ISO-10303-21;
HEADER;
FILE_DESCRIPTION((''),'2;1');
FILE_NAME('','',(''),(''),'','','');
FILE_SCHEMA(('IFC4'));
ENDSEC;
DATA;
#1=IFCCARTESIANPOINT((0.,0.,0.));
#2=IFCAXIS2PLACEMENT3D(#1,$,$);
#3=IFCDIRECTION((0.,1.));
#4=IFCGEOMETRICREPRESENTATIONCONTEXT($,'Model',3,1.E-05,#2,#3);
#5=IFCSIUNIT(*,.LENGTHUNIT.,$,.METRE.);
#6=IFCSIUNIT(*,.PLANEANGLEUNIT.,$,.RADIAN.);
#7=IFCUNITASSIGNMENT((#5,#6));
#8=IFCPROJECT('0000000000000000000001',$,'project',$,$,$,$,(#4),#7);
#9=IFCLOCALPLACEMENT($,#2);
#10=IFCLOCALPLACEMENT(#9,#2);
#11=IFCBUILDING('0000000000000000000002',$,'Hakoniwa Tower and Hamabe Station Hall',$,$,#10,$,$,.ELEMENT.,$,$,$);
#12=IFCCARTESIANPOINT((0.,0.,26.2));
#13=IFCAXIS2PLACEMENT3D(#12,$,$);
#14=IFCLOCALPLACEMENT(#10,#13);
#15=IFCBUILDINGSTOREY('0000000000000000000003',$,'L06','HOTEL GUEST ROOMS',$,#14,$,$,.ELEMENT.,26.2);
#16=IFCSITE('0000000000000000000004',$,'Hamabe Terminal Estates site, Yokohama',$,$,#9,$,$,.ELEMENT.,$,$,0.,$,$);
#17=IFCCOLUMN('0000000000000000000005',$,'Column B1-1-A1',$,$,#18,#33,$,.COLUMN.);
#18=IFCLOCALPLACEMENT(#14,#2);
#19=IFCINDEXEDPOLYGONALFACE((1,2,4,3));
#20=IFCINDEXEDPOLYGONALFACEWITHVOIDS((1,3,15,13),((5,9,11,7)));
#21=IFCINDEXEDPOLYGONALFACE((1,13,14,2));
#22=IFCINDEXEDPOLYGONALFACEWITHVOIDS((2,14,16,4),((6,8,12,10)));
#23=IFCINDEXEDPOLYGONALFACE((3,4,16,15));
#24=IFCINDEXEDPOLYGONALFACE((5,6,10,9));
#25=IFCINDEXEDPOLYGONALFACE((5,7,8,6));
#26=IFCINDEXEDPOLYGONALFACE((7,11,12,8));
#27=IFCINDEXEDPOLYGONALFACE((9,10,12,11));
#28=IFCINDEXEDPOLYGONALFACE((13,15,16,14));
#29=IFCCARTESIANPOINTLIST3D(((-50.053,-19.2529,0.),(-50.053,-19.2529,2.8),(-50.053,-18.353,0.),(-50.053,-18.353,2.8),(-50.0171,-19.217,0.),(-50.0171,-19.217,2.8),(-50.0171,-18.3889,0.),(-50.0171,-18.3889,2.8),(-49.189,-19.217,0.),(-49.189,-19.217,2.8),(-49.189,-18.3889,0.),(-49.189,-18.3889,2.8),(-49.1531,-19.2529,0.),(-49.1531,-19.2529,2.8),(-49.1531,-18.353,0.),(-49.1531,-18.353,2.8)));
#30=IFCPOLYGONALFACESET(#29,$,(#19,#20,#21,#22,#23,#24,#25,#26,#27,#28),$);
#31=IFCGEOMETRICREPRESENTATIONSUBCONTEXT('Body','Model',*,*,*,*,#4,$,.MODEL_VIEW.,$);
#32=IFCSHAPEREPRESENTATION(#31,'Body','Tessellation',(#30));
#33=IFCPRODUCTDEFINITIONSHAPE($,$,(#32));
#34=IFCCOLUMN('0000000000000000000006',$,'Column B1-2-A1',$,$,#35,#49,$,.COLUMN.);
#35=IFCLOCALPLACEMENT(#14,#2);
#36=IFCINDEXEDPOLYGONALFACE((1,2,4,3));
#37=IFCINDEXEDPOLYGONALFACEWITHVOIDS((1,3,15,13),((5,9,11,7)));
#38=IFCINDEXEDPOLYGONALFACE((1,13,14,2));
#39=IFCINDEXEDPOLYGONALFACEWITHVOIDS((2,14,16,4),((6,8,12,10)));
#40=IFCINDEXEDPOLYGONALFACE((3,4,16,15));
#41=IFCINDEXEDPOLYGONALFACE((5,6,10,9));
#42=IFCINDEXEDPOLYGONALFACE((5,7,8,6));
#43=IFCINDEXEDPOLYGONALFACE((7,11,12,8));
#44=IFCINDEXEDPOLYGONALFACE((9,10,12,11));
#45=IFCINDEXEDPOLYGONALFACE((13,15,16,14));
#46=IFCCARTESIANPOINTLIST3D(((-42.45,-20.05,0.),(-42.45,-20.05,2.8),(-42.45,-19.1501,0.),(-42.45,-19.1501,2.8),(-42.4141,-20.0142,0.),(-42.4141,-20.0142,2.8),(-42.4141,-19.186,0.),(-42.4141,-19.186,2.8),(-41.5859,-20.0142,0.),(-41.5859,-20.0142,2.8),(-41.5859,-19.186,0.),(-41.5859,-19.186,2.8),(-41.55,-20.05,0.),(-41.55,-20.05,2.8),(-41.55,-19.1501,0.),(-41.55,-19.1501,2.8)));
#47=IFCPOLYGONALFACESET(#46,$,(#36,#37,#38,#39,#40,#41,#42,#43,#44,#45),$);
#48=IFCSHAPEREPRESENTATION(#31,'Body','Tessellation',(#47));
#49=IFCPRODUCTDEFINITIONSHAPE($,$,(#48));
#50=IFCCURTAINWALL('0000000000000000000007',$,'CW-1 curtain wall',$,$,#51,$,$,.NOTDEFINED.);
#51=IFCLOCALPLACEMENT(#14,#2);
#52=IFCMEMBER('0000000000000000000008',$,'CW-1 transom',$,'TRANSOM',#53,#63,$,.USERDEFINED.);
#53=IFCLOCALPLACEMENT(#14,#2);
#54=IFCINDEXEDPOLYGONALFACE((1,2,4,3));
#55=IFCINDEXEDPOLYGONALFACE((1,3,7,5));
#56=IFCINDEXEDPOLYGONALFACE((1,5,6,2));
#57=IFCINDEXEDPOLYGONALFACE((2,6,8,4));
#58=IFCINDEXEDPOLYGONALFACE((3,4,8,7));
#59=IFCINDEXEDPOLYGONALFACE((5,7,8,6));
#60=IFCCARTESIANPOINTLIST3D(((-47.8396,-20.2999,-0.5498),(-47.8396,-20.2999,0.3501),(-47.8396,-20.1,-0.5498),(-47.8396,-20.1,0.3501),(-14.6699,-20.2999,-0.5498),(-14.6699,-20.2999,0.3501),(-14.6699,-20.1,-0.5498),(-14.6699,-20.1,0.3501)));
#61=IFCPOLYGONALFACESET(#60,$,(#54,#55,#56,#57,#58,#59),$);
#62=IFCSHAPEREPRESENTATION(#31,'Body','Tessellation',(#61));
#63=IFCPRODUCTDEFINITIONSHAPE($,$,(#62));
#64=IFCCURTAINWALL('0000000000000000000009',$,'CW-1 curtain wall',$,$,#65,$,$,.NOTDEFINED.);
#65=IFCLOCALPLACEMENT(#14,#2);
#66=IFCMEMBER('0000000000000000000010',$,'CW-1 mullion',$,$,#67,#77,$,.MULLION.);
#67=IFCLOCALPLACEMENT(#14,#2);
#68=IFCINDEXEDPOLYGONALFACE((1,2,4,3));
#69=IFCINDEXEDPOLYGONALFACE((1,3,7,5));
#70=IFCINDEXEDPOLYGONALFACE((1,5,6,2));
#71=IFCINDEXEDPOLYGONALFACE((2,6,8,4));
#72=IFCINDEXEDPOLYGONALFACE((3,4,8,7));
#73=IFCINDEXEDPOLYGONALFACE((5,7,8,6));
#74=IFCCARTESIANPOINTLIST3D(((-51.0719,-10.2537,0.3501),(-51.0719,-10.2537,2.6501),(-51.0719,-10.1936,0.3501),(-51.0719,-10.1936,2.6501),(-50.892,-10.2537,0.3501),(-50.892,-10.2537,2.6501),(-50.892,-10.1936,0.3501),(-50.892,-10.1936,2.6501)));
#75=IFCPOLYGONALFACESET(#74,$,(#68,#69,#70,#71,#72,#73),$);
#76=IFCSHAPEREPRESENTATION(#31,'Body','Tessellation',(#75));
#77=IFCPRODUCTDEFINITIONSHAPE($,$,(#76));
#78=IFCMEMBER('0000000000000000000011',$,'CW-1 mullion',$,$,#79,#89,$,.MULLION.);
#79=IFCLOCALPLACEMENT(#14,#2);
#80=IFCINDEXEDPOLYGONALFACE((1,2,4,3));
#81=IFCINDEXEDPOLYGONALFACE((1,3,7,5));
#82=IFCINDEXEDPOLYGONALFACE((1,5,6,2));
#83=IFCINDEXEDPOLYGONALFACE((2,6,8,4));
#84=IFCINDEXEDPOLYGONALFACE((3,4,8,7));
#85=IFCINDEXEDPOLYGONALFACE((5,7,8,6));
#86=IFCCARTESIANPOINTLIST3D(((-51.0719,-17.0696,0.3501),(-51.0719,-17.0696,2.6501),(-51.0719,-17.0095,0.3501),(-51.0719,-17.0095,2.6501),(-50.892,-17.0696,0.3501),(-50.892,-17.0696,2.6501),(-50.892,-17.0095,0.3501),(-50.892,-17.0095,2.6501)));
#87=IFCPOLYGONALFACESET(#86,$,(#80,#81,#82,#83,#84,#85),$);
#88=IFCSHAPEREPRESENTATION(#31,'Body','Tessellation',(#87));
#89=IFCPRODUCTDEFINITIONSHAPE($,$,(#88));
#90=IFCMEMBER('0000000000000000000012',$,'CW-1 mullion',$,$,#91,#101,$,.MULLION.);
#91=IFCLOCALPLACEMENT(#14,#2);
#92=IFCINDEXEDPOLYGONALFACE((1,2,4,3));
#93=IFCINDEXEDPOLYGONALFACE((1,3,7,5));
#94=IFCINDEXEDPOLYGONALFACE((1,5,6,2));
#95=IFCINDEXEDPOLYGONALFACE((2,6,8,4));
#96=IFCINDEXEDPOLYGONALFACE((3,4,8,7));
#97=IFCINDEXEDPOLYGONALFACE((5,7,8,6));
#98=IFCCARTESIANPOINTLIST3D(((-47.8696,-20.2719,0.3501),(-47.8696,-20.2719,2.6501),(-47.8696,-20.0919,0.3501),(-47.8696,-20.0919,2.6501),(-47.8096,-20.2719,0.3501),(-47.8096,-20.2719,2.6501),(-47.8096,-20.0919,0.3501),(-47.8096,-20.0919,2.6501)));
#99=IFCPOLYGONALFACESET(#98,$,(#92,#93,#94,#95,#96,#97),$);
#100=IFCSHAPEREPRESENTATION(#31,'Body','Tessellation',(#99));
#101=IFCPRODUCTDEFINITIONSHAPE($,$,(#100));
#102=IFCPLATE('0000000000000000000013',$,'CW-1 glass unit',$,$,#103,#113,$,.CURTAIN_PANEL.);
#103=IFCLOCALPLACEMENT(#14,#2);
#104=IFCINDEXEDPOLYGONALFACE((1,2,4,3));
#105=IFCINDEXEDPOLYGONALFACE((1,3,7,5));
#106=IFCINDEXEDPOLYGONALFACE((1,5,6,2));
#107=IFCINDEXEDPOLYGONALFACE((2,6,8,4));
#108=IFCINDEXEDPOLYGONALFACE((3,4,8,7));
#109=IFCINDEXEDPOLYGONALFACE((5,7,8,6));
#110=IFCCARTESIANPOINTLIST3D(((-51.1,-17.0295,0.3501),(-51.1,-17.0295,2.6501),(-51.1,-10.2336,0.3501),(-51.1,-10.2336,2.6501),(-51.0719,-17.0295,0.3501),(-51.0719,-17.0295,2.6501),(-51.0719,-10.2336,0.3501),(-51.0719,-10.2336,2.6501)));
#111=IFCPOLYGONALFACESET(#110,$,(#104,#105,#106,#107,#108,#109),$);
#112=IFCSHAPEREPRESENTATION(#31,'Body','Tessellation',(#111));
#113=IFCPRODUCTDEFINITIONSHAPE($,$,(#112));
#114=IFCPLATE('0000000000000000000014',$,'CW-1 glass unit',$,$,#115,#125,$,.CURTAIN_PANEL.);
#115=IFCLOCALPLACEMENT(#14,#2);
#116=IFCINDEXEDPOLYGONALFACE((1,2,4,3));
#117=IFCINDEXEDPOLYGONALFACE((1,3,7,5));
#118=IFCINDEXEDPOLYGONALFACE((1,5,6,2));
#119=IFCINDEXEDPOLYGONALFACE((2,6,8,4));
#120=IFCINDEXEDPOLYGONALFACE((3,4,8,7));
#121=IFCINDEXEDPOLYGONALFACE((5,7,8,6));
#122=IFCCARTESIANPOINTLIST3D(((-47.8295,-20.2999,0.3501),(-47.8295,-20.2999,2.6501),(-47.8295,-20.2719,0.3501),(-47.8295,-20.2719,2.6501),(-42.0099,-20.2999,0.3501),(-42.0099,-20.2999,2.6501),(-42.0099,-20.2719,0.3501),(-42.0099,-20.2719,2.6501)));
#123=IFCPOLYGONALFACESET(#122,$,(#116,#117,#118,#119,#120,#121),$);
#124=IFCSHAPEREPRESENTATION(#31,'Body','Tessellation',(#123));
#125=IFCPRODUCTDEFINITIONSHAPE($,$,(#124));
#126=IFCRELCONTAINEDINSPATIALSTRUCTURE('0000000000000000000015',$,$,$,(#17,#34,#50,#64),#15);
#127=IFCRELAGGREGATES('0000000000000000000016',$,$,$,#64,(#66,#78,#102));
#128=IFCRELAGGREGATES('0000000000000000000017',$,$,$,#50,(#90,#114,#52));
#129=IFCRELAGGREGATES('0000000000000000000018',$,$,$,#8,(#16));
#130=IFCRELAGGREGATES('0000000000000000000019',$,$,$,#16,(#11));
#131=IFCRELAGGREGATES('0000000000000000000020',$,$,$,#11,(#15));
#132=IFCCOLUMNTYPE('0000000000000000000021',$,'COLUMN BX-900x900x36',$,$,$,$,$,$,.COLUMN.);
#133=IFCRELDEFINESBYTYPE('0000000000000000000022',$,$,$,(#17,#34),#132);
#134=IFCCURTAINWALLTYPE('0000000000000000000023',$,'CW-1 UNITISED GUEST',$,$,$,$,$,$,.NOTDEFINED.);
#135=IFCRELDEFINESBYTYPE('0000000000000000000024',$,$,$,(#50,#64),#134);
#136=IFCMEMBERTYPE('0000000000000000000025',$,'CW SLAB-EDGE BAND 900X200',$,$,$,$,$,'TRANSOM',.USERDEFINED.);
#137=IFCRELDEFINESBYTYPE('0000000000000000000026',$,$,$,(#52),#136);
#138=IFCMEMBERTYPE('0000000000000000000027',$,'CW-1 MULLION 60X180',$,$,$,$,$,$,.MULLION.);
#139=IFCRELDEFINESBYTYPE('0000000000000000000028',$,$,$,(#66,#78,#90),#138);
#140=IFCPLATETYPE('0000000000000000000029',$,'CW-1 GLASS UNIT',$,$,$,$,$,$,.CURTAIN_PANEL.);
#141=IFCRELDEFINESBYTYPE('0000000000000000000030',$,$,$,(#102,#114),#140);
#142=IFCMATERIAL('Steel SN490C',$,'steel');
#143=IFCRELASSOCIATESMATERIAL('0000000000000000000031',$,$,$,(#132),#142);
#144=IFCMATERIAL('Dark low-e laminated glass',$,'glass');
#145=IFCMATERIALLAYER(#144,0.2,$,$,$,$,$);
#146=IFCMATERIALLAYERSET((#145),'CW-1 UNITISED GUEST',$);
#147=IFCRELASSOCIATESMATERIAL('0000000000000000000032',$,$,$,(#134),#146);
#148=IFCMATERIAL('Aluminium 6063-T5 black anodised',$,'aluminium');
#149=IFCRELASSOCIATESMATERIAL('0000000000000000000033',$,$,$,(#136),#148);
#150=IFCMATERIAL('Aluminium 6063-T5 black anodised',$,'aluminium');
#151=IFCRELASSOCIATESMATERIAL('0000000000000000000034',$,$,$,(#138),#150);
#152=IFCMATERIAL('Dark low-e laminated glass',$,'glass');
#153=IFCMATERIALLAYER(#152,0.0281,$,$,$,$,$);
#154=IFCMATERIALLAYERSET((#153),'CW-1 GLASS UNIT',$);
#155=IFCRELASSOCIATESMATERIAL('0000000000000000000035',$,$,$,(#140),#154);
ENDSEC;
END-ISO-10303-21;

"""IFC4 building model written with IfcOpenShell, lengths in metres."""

from ifc_helpers import new_model, si_unit, direction, frame, origin, origin_2d, place, context, subcontext, project, spatial, rectangle, hollow_rectangle, extrude, material, layer, layer_set, material_profile, profile_set, type_object, element, aggregate, save


model = new_model("IFC4")

# Units and contexts
model_context = context("Model", 3, precision=1e-05, world=origin(), true_north=direction((0.0, 1.0)))
body_context = subcontext(model_context, "Body", "Model", "MODEL_VIEW")
ifc_project = project(units=[si_unit("LENGTHUNIT", "METRE"), si_unit("PLANEANGLEUNIT", "RADIAN")], contexts=[model_context])

# Site, building, storey
site_placement = place(None, origin())
site = spatial("IfcSite", under=ifc_project, at=site_placement, Name="Hamabe Terminal Estates site, Yokohama", CompositionType="ELEMENT", RefElevation=0.0)
building_placement = place(site_placement, origin())
building = spatial("IfcBuilding", under=site, at=building_placement, Name="Hakoniwa Tower and Hamabe Station Hall", CompositionType="ELEMENT")
storey_placement = place(building_placement, frame((0.0, 0.0, 26.2)))
storey = spatial("IfcBuildingStorey", under=building, at=storey_placement, Name="L06", Description="HOTEL GUEST ROOMS", CompositionType="ELEMENT", Elevation=26.2)

# Columns
ifc_material_1 = material(Name="Steel SN490C", Category="steel")
ifc_material_profile_1 = material_profile(ifc_material_1, hollow_rectangle(XDim=0.8999, YDim=0.8999, WallThickness=0.0359, at=origin_2d()), Name="BX-900x900x36")
ifc_profile_set_1 = profile_set([ifc_material_profile_1], Name="Steel SN490C")
column_type = type_object("IfcColumnType", Name="COLUMN BX-900x900x36", PredefinedType="COLUMN", material=ifc_profile_set_1)
for number, where, z_axis, x_axis, name in (
    (1, (-49.603, -18.803, 0.0), (0.0, 0.0, 1.0), (1.0, 0.0, 0.0), "Column B1-1-A1"),
    (2, (-42.0, -19.6001, 0.0), (0.0, 0.0, 1.0), (1.0, 0.0, 0.0), "Column B1-2-A1"),
):
    element("IfcColumn", number, at=place(storey_placement, frame(where, z_axis=z_axis, x_axis=x_axis)), inside=storey, type_object=column_type, Name=name, PredefinedType="COLUMN", context=body_context, shape_type="SweptSolid", body=[
        extrude(hollow_rectangle(XDim=0.8999, YDim=0.8999, WallThickness=0.0359, at=origin_2d()), origin(), (0.0, 0.0, 1.0), 2.8),
    ])

# Curtain wall, member
ifc_material_2 = material(Name="Dark low-e laminated glass", Category="glass")
ifc_layer_1 = layer(ifc_material_2, 0.2)
ifc_layer_set_1 = layer_set([ifc_layer_1], Name="CW-1 UNITISED GUEST")
curtain_wall_type = type_object("IfcCurtainWallType", Name="CW-1 UNITISED GUEST", PredefinedType="NOTDEFINED", material=ifc_layer_set_1)
curtain_wall_1_placement = place(storey_placement, origin())
curtain_wall_1 = element("IfcCurtainWall", 3, at=curtain_wall_1_placement, inside=storey, type_object=curtain_wall_type, Name="CW-1 curtain wall", PredefinedType="NOTDEFINED")
ifc_material_3 = material(Name="Aluminium 6063-T5 black anodised", Category="aluminium")
ifc_material_profile_2 = material_profile(ifc_material_3, rectangle(XDim=0.2, YDim=0.8999, at=origin_2d()), Name="CW SLAB-EDGE BAND 900X200")
ifc_profile_set_2 = profile_set([ifc_material_profile_2], Name="Aluminium 6063-T5 black anodised")
member_type_1 = type_object("IfcMemberType", Name="CW SLAB-EDGE BAND 900X200", ElementType="TRANSOM", PredefinedType="USERDEFINED", material=ifc_profile_set_2)
member_1_placement = place(storey_placement, frame((-47.8396, -20.2, -0.0999), z_axis=(1.0, 0.0, 0.0), x_axis=(0.0, 1.0, 0.0)))
member_1 = element("IfcMember", 4, at=member_1_placement, type_object=member_type_1, Name="CW-1 transom", ObjectType="TRANSOM", PredefinedType="USERDEFINED", context=body_context, shape_type="SweptSolid", body=[
    extrude(rectangle(XDim=0.2, YDim=0.8999, at=origin_2d()), origin(), (0.0, 0.0, 1.0), 33.1697),
])

# Curtain wall, members
curtain_wall_2_placement = place(storey_placement, origin())
curtain_wall_2 = element("IfcCurtainWall", 5, at=curtain_wall_2_placement, inside=storey, type_object=curtain_wall_type, Name="CW-1 curtain wall", PredefinedType="NOTDEFINED")
ifc_material_4 = material(Name="Aluminium 6063-T5 black anodised", Category="aluminium")
ifc_material_profile_3 = material_profile(ifc_material_4, rectangle(XDim=0.0601, YDim=0.1799, at=origin_2d()), Name="CW-1 MULLION 60X180")
ifc_profile_set_3 = profile_set([ifc_material_profile_3], Name="Aluminium 6063-T5 black anodised")
member_type_2 = type_object("IfcMemberType", Name="CW-1 MULLION 60X180", PredefinedType="MULLION", material=ifc_profile_set_3)
member_2_placement = place(storey_placement, frame((-50.9819, -10.2236, 0.3501), z_axis=(0.0, 0.0, 1.0), x_axis=(0.0, -1.0, 0.0)))
member_2 = element("IfcMember", 6, at=member_2_placement, type_object=member_type_2, Name="CW-1 mullion", PredefinedType="MULLION", context=body_context, shape_type="SweptSolid", body=[
    extrude(rectangle(XDim=0.0601, YDim=0.1799, at=origin_2d()), origin(), (0.0, 0.0, 1.0), 2.3),
])
member_3_placement = place(storey_placement, frame((-50.9819, -17.0396, 0.3501), z_axis=(0.0, 0.0, 1.0), x_axis=(0.0, -1.0, 0.0)))
member_3 = element("IfcMember", 7, at=member_3_placement, type_object=member_type_2, Name="CW-1 mullion", PredefinedType="MULLION", context=body_context, shape_type="SweptSolid", body=[
    extrude(rectangle(XDim=0.0601, YDim=0.1799, at=origin_2d()), origin(), (0.0, 0.0, 1.0), 2.3),
])

# Member
member_4_placement = place(storey_placement, frame((-47.8396, -20.1819, 0.3501), z_axis=(0.0, 0.0, 1.0), x_axis=(1.0, 0.0, 0.0)))
member_4 = element("IfcMember", 8, at=member_4_placement, type_object=member_type_2, Name="CW-1 mullion", PredefinedType="MULLION", context=body_context, shape_type="SweptSolid", body=[
    extrude(rectangle(XDim=0.0601, YDim=0.1799, at=origin_2d()), origin(), (0.0, 0.0, 1.0), 2.3),
])

# Plates
ifc_material_5 = material(Name="Dark low-e laminated glass", Category="glass")
ifc_layer_2 = layer(ifc_material_5, 0.0281)
ifc_layer_set_2 = layer_set([ifc_layer_2], Name="CW-1 GLASS UNIT")
plate_type = type_object("IfcPlateType", Name="CW-1 GLASS UNIT", PredefinedType="CURTAIN_PANEL", material=ifc_layer_set_2)
plate_1_placement = place(storey_placement, frame((-51.0859, -13.6316, 0.3501), z_axis=(0.0, 0.0, 1.0), x_axis=(0.0, -1.0, 0.0)))
plate_1 = element("IfcPlate", 9, at=plate_1_placement, type_object=plate_type, Name="CW-1 glass unit", PredefinedType="CURTAIN_PANEL", context=body_context, shape_type="SweptSolid", body=[
    extrude(rectangle(XDim=6.7959, YDim=0.0281, at=origin_2d()), origin(), (0.0, 0.0, 1.0), 2.3),
])
aggregate(curtain_wall_2, [member_2, member_3, plate_1])
plate_2_placement = place(storey_placement, frame((-44.9197, -20.2859, 0.3501), z_axis=(0.0, 0.0, 1.0), x_axis=(1.0, 0.0, 0.0)))
plate_2 = element("IfcPlate", 10, at=plate_2_placement, type_object=plate_type, Name="CW-1 glass unit", PredefinedType="CURTAIN_PANEL", context=body_context, shape_type="SweptSolid", body=[
    extrude(rectangle(XDim=5.8196, YDim=0.0281, at=origin_2d()), origin(), (0.0, 0.0, 1.0), 2.3),
])
aggregate(curtain_wall_1, [member_4, plate_2, member_1])

save(model, "model.ifc")
